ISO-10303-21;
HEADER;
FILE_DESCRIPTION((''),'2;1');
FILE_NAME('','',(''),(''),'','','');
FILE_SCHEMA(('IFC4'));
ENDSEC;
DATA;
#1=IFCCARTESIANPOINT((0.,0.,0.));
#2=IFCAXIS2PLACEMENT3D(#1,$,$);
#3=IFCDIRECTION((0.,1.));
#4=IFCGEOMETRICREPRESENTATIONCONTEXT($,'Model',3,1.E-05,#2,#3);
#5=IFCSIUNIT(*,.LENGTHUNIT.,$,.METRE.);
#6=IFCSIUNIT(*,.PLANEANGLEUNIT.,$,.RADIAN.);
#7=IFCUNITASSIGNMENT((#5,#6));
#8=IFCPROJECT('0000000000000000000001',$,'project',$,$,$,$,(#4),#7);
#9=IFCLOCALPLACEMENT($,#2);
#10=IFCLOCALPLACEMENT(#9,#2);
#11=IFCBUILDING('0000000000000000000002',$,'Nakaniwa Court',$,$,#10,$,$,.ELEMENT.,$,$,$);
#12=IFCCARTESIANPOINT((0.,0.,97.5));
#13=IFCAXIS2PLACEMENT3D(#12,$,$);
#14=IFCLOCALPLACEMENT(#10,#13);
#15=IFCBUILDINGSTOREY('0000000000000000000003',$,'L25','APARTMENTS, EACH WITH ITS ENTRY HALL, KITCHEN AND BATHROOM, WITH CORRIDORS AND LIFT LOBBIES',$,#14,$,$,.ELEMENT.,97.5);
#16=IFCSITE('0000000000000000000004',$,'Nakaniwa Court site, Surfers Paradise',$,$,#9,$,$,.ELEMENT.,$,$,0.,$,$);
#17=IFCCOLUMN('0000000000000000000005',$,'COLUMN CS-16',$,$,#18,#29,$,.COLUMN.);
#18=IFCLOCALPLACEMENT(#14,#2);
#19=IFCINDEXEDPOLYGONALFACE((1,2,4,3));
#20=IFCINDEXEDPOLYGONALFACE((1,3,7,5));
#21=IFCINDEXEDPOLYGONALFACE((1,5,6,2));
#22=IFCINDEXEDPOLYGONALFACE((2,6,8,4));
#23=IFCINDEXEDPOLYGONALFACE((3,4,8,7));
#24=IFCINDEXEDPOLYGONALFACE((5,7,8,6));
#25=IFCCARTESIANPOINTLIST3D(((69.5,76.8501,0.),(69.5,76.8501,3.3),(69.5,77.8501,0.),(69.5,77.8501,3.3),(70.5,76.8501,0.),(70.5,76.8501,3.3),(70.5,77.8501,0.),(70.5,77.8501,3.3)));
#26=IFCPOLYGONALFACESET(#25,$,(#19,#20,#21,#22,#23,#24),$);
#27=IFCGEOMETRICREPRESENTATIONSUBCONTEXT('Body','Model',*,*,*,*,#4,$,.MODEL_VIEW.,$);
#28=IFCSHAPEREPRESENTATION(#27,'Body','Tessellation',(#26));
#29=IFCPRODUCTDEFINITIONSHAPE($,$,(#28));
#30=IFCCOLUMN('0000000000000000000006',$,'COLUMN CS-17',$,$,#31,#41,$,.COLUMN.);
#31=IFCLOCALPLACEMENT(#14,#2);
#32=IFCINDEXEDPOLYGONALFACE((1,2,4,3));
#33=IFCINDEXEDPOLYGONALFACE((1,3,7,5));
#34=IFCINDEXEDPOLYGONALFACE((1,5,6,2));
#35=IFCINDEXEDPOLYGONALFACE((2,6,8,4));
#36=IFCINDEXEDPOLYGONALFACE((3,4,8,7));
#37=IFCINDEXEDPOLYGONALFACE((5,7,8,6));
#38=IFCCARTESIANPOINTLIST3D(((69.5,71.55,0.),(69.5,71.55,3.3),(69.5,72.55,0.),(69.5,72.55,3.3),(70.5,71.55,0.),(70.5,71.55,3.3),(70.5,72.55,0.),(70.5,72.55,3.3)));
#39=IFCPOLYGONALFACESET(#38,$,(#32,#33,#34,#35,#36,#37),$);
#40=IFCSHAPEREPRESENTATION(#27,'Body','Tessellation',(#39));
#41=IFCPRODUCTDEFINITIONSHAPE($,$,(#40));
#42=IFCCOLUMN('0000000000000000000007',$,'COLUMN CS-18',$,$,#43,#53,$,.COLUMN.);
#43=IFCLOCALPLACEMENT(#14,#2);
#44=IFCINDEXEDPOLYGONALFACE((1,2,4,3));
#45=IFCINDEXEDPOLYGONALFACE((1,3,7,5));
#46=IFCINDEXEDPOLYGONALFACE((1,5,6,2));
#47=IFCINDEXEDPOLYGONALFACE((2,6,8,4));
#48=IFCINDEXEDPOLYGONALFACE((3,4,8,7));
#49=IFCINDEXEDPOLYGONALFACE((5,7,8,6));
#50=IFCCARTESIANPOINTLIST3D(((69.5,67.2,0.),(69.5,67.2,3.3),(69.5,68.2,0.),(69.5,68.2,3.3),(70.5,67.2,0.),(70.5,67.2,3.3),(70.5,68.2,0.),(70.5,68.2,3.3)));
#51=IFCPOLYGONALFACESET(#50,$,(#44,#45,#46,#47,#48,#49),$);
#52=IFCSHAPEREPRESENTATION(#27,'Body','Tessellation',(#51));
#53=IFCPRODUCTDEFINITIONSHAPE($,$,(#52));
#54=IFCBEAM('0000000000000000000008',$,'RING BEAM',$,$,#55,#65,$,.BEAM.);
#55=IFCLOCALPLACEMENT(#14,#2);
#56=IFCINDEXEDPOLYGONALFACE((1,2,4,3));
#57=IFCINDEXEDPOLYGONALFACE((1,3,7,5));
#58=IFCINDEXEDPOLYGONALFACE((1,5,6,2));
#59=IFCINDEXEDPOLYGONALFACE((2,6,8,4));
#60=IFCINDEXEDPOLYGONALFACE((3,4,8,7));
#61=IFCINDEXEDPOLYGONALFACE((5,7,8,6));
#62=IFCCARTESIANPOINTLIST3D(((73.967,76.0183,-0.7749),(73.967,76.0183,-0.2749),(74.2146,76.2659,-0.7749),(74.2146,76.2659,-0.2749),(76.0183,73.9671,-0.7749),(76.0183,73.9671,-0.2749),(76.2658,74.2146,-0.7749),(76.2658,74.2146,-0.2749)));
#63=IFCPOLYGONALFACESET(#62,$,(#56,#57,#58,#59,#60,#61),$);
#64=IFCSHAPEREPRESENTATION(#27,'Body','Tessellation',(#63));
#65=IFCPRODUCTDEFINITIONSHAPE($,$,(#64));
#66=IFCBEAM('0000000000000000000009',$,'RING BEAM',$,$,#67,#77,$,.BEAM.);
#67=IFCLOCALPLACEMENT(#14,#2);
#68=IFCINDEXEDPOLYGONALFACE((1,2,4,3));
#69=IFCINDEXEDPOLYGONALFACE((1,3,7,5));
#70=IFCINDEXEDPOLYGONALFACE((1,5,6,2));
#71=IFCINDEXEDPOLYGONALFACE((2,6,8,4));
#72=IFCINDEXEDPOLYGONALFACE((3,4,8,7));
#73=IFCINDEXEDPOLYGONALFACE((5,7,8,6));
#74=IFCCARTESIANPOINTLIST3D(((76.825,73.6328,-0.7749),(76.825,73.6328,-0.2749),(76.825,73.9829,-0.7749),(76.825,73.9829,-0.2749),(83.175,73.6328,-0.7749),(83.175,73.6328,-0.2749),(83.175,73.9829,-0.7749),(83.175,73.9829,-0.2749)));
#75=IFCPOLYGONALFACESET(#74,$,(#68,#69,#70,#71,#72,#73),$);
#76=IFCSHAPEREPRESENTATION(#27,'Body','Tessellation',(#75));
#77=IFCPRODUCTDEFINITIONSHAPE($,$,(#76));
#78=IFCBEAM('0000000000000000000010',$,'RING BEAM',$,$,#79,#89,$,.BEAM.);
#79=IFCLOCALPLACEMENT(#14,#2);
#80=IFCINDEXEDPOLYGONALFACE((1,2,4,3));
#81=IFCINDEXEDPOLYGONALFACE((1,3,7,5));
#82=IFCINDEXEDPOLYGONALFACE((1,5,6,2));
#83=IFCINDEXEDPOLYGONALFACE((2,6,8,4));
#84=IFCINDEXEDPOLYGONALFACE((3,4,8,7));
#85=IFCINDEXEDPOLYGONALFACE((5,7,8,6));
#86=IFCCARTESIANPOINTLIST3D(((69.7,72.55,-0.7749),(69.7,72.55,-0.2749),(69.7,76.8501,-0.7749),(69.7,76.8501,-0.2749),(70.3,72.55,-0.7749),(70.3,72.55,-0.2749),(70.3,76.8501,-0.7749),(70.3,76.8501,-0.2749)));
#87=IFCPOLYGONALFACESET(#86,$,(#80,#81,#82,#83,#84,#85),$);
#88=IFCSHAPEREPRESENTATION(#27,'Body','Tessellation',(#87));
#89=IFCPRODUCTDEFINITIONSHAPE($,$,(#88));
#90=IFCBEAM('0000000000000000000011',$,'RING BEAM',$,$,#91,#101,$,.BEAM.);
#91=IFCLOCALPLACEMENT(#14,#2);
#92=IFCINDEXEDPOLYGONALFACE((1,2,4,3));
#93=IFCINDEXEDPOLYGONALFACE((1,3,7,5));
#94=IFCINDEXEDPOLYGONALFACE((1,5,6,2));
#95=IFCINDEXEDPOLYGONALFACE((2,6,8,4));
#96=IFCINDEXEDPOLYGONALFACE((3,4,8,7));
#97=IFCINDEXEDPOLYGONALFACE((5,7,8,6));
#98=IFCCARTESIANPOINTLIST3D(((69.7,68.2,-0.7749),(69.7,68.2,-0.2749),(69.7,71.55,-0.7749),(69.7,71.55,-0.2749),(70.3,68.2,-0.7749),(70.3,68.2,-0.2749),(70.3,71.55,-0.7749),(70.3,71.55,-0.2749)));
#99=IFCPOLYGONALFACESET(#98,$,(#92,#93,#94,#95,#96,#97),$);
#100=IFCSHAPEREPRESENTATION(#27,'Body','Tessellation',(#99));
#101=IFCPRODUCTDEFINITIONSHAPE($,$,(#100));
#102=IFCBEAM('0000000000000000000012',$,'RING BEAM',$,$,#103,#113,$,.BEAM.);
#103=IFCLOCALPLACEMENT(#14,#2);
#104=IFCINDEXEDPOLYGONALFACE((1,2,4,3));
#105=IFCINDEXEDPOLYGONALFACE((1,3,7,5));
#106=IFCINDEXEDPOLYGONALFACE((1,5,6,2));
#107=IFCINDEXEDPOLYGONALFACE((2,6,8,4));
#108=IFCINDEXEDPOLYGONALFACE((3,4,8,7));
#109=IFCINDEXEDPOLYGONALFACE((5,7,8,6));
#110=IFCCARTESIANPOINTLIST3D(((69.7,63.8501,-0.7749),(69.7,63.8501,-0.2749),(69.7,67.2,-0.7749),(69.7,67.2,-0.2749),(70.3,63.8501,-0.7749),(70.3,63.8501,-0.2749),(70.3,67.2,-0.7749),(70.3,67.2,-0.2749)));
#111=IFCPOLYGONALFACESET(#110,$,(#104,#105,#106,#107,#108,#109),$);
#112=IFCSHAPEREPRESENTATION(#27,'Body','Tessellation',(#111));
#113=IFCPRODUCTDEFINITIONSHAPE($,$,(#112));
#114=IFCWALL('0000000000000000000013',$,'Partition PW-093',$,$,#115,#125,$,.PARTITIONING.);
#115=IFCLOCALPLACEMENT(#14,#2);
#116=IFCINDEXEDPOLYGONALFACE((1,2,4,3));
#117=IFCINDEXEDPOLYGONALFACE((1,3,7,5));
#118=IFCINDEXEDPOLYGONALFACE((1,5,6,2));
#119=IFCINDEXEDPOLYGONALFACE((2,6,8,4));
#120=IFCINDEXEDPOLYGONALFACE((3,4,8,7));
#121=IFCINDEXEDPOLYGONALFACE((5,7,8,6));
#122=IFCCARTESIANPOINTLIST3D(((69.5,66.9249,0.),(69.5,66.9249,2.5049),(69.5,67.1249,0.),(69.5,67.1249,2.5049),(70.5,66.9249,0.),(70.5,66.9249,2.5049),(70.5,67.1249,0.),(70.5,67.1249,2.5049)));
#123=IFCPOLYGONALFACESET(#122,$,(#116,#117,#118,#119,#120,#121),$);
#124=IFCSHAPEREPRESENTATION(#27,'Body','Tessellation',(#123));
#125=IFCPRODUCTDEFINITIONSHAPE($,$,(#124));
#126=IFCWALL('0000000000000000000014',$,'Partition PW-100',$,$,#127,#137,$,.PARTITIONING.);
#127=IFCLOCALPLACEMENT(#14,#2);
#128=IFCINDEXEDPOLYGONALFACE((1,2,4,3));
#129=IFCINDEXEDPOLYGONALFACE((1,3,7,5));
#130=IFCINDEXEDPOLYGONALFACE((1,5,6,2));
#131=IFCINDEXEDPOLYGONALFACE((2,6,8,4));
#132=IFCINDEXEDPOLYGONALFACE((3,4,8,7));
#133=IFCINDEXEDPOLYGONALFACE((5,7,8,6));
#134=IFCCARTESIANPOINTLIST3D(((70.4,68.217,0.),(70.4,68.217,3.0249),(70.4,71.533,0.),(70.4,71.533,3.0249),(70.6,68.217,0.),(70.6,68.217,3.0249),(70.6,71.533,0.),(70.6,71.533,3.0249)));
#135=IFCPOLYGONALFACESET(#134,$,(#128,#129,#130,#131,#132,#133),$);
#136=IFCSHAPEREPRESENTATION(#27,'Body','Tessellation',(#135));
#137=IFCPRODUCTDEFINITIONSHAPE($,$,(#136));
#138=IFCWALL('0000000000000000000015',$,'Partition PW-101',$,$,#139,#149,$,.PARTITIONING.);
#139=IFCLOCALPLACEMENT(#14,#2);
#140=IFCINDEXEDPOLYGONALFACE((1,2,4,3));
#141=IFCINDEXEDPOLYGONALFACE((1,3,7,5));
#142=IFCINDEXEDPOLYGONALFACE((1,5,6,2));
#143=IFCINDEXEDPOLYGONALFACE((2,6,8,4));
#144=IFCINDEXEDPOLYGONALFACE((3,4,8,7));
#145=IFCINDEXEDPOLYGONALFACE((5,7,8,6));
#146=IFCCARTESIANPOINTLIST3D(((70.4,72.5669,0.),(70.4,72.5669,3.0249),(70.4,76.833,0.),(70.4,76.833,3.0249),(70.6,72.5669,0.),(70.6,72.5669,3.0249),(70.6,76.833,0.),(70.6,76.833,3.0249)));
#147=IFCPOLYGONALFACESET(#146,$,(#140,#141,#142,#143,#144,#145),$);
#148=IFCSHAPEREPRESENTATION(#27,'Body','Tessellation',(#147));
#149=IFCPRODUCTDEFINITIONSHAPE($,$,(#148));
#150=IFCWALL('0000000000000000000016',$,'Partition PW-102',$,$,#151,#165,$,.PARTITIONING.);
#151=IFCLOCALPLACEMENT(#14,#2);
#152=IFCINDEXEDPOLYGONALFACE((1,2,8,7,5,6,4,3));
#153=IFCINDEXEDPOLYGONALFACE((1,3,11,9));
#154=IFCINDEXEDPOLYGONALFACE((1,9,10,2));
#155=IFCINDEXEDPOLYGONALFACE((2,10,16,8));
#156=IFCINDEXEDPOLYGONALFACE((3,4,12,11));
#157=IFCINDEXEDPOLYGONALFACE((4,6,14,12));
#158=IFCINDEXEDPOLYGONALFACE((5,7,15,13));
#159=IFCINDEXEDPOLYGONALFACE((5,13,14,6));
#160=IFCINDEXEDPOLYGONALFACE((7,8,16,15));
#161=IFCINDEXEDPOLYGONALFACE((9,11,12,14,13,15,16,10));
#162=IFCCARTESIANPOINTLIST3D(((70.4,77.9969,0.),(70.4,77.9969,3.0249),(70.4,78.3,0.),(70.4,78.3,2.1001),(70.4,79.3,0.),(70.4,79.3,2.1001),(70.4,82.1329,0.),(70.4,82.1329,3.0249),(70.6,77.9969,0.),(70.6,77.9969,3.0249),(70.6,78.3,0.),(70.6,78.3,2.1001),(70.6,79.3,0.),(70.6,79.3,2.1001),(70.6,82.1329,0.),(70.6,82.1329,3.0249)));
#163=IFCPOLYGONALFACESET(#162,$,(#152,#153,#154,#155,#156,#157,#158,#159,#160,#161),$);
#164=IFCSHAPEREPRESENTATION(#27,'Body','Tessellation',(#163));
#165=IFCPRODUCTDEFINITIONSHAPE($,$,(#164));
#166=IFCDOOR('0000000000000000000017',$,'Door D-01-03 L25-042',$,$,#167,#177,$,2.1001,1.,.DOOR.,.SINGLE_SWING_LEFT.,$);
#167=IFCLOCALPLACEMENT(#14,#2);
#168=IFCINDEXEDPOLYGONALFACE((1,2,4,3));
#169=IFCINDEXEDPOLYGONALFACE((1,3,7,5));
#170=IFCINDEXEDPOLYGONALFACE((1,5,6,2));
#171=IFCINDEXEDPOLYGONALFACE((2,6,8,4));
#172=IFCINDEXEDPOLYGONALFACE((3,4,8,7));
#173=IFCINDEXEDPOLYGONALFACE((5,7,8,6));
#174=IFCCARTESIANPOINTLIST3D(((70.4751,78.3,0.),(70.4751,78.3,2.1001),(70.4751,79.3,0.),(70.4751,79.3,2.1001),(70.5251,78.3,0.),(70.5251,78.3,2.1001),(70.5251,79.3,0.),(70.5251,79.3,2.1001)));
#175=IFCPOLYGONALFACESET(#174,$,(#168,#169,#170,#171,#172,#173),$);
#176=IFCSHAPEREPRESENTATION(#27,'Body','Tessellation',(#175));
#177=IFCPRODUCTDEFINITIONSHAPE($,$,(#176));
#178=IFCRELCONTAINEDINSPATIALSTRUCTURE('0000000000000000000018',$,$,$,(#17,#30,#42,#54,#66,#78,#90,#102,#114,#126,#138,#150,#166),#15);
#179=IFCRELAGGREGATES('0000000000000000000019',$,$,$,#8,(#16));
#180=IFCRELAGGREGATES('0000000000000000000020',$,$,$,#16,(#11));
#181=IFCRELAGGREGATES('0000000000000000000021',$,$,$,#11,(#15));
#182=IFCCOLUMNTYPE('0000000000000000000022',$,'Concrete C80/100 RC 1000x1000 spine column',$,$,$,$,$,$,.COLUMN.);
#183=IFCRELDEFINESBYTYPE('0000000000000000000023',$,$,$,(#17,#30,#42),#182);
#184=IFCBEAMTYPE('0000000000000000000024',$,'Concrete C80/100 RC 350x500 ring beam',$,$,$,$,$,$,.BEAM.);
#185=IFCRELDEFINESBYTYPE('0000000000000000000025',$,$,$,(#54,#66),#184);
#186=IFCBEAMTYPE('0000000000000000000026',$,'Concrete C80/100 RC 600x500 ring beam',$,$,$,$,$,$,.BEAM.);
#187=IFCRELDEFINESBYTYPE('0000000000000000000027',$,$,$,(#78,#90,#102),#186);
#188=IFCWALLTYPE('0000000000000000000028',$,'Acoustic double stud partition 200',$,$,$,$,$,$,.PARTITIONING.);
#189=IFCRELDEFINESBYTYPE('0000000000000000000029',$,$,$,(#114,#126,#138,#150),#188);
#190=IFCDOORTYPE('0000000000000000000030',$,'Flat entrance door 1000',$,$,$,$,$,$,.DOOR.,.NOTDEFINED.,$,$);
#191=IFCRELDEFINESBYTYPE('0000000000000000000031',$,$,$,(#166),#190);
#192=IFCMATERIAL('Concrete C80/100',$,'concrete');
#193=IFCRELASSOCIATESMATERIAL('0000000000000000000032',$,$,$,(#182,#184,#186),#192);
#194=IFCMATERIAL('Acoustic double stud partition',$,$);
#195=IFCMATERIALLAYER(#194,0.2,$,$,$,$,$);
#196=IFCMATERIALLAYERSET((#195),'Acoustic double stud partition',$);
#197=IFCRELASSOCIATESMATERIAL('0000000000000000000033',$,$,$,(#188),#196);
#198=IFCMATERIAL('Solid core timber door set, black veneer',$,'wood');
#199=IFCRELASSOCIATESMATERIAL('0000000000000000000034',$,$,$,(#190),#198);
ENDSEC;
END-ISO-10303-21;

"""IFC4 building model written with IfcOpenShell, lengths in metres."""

from ifc_helpers import new_model, si_unit, direction, frame, frame_2d, origin, origin_2d, place, context, subcontext, project, spatial, rectangle, extrude, material, layer, layer_set, material_profile, profile_set, type_object, element, fill, save


model = new_model("IFC4")

# Units and contexts
model_context = context("Model", 3, precision=1e-05, world=origin(), true_north=direction((0.0, 1.0)))
body_context = subcontext(model_context, "Body", "Model", "MODEL_VIEW")
ifc_project = project(units=[si_unit("LENGTHUNIT", "METRE"), si_unit("PLANEANGLEUNIT", "RADIAN")], contexts=[model_context])

# Site, building, storey
site_placement = place(None, origin())
site = spatial("IfcSite", under=ifc_project, at=site_placement, Name="Nakaniwa Court site, Surfers Paradise", CompositionType="ELEMENT", RefElevation=0.0)
building_placement = place(site_placement, origin())
building = spatial("IfcBuilding", under=site, at=building_placement, Name="Nakaniwa Court", CompositionType="ELEMENT")
storey_placement = place(building_placement, frame((0.0, 0.0, 97.5)))
storey = spatial("IfcBuildingStorey", under=building, at=storey_placement, Name="L25", Description="APARTMENTS, EACH WITH ITS ENTRY HALL, KITCHEN AND BATHROOM, WITH CORRIDORS AND LIFT LOBBIES", CompositionType="ELEMENT", Elevation=97.5)

# Columns
ifc_material_1 = material(Name="Concrete C80/100", Category="concrete")
ifc_material_profile_1 = material_profile(ifc_material_1, rectangle(XDim=1.0, YDim=1.0, at=origin_2d()), Name="Concrete C80/100 RC 1000x1000 spine column")
ifc_profile_set_1 = profile_set([ifc_material_profile_1], Name="Concrete C80/100")
column_type_1 = type_object("IfcColumnType", Name="Concrete C80/100 RC 1000x1000 spine column", PredefinedType="COLUMN", material=ifc_profile_set_1)
for number, where, z_axis, x_axis, name in (
    (1, (70.0, 77.3501, 0.0), (0.0, 0.0, 1.0), (0.0, -1.0, 0.0), "COLUMN CS-16"),
    (2, (70.0, 72.05, 0.0), (0.0, 0.0, 1.0), (0.0, -1.0, 0.0), "COLUMN CS-17"),
    (3, (70.0, 67.7, 0.0), (0.0, 0.0, 1.0), (0.0, -1.0, 0.0), "COLUMN CS-18"),
):
    element("IfcColumn", number, at=place(storey_placement, frame(where, z_axis=z_axis, x_axis=x_axis)), inside=storey, type_object=column_type_1, Name=name, PredefinedType="COLUMN", context=body_context, shape_type="SweptSolid", body=[
        extrude(rectangle(XDim=1.0, YDim=1.0, at=origin_2d()), origin(), (0.0, 0.0, 1.0), 3.3),
    ])

# Beams
ifc_material_profile_2 = material_profile(ifc_material_1, rectangle(XDim=0.3501, YDim=0.5, at=origin_2d()), Name="Concrete C80/100 RC 350x500 ring beam")
ifc_profile_set_2 = profile_set([ifc_material_profile_2], Name="Concrete C80/100")
beam_type_1 = type_object("IfcBeamType", Name="Concrete C80/100 RC 350x500 ring beam", PredefinedType="BEAM", material=ifc_profile_set_2)
beam_1_placement = place(storey_placement, frame((74.0908, 76.1421, -0.5249), z_axis=(0.707107, -0.707107, 0.0), x_axis=(0.707107, 0.707107, 0.0)))
element("IfcBeam", 4, at=beam_1_placement, inside=storey, type_object=beam_type_1, Name="RING BEAM", PredefinedType="BEAM", context=body_context, shape_type="SweptSolid", body=[
    extrude(rectangle(XDim=0.3501, YDim=0.5, at=origin_2d()), origin(), (0.0, 0.0, 1.0), 2.9009),
])
beam_2_placement = place(storey_placement, frame((76.825, 73.8079, -0.5249), z_axis=(1.0, 0.0, 0.0), x_axis=(0.0, 1.0, 0.0)))
element("IfcBeam", 5, at=beam_2_placement, inside=storey, type_object=beam_type_1, Name="RING BEAM", PredefinedType="BEAM", context=body_context, shape_type="SweptSolid", body=[
    extrude(rectangle(XDim=0.3501, YDim=0.5, at=origin_2d()), origin(), (0.0, 0.0, 1.0), 6.3501),
])
ifc_material_profile_3 = material_profile(ifc_material_1, rectangle(XDim=0.6001, YDim=0.5, at=origin_2d()), Name="Concrete C80/100 RC 600x500 ring beam")
ifc_profile_set_3 = profile_set([ifc_material_profile_3], Name="Concrete C80/100")
beam_type_2 = type_object("IfcBeamType", Name="Concrete C80/100 RC 600x500 ring beam", PredefinedType="BEAM", material=ifc_profile_set_3)
beam_3_placement = place(storey_placement, frame((70.0, 76.8501, -0.5249), z_axis=(0.0, -1.0, 0.0), x_axis=(1.0, 0.0, 0.0)))
element("IfcBeam", 6, at=beam_3_placement, inside=storey, type_object=beam_type_2, Name="RING BEAM", PredefinedType="BEAM", context=body_context, shape_type="SweptSolid", body=[
    extrude(rectangle(XDim=0.6001, YDim=0.5, at=origin_2d()), origin(), (0.0, 0.0, 1.0), 4.3),
])
beam_4_placement = place(storey_placement, frame((70.0, 71.55, -0.5249), z_axis=(0.0, -1.0, 0.0), x_axis=(1.0, 0.0, 0.0)))
element("IfcBeam", 7, at=beam_4_placement, inside=storey, type_object=beam_type_2, Name="RING BEAM", PredefinedType="BEAM", context=body_context, shape_type="SweptSolid", body=[
    extrude(rectangle(XDim=0.6001, YDim=0.5, at=origin_2d()), origin(), (0.0, 0.0, 1.0), 3.3501),
])
beam_5_placement = place(storey_placement, frame((70.0, 67.2, -0.5249), z_axis=(0.0, -1.0, 0.0), x_axis=(1.0, 0.0, 0.0)))
element("IfcBeam", 8, at=beam_5_placement, inside=storey, type_object=beam_type_2, Name="RING BEAM", PredefinedType="BEAM", context=body_context, shape_type="SweptSolid", body=[
    extrude(rectangle(XDim=0.6001, YDim=0.5, at=origin_2d()), origin(), (0.0, 0.0, 1.0), 3.3499),
])

# Walls
ifc_material_2 = material(Name="Acoustic double stud partition")
ifc_layer_1 = layer(ifc_material_2, 0.2)
ifc_layer_set_1 = layer_set([ifc_layer_1], Name="Acoustic double stud partition")
wall_type_1 = type_object("IfcWallType", Name="Acoustic double stud partition 200", PredefinedType="PARTITIONING", material=ifc_layer_set_1)
wall_1_placement = place(storey_placement, frame((69.5, 67.0249, 0.0), z_axis=(0.0, 0.0, 1.0), x_axis=(1.0, 0.0, 0.0)))
element("IfcWall", 9, at=wall_1_placement, inside=storey, type_object=wall_type_1, Name="Partition PW-093", PredefinedType="PARTITIONING", context=body_context, shape_type="SweptSolid", body=[
    extrude(rectangle(XDim=1.0, YDim=0.2, at=frame_2d((0.5, 0.0))), origin(), (0.0, 0.0, 1.0), 2.5049),
])
wall_2_placement = place(storey_placement, frame((70.5, 68.217, 0.0), z_axis=(0.0, 0.0, 1.0), x_axis=(0.0, 1.0, 0.0)))
element("IfcWall", 10, at=wall_2_placement, inside=storey, type_object=wall_type_1, Name="Partition PW-100", PredefinedType="PARTITIONING", context=body_context, shape_type="SweptSolid", body=[
    extrude(rectangle(XDim=3.3159, YDim=0.2, at=frame_2d((1.658, 0.0))), origin(), (0.0, 0.0, 1.0), 3.0249),
])
wall_3_placement = place(storey_placement, frame((70.5, 72.5669, 0.0), z_axis=(0.0, 0.0, 1.0), x_axis=(0.0, 1.0, 0.0)))
element("IfcWall", 11, at=wall_3_placement, inside=storey, type_object=wall_type_1, Name="Partition PW-101", PredefinedType="PARTITIONING", context=body_context, shape_type="SweptSolid", body=[
    extrude(rectangle(XDim=4.2661, YDim=0.2, at=frame_2d((2.1331, 0.0))), origin(), (0.0, 0.0, 1.0), 3.0249),
])

# Wall, opening, door
wall_4_placement = place(storey_placement, frame((70.5, 77.9971, 0.0), z_axis=(0.0, 0.0, 1.0), x_axis=(0.0, 1.0, 0.0)))
wall_4 = element("IfcWall", 12, at=wall_4_placement, inside=storey, type_object=wall_type_1, Name="Partition PW-102", PredefinedType="PARTITIONING", context=body_context, shape_type="SweptSolid", body=[
    extrude(rectangle(XDim=4.136, YDim=0.2, at=frame_2d((2.0679, 0.0))), origin(), (0.0, 0.0, 1.0), 3.0249),
])
opening_1_placement = place(wall_4_placement, frame((0.303, 0.0, 0.0)))
opening_1 = element("IfcOpeningElement", 13, at=opening_1_placement, cuts=wall_4, PredefinedType="OPENING", context=body_context, shape_type="SweptSolid", body=[
    extrude(rectangle(XDim=1.0, YDim=2.1001, at=frame_2d((0.5, 1.05))), frame((0.0, 0.1099, 0.0), z_axis=(0.0, -1.0, 0.0), x_axis=(1.0, 0.0, 0.0)), (0.0, 0.0, 1.0), 0.22),
])
ifc_material_3 = material(Name="Solid core timber door set, black veneer", Category="wood")
door_type_1 = type_object("IfcDoorType", Name="Flat entrance door 1000", OperationType="NOTDEFINED", PredefinedType="DOOR", material=ifc_material_3)
door_1_placement = place(opening_1_placement, origin())
door_1 = element("IfcDoor", 14, at=door_1_placement, inside=storey, type_object=door_type_1, Name="Door D-01-03 L25-042", OperationType="SINGLE_SWING_LEFT", OverallHeight=2.1001, OverallWidth=1.0, PredefinedType="DOOR", context=body_context, shape_type="SweptSolid", body=[
    extrude(rectangle(XDim=1.0, YDim=2.1001, at=frame_2d((0.5, 1.05))), frame((0.0, 0.0249, 0.0), z_axis=(0.0, -1.0, 0.0), x_axis=(1.0, 0.0, 0.0)), (0.0, 0.0, 1.0), 0.05),
])
fill(opening_1, door_1)

save(model, "model.ifc")
